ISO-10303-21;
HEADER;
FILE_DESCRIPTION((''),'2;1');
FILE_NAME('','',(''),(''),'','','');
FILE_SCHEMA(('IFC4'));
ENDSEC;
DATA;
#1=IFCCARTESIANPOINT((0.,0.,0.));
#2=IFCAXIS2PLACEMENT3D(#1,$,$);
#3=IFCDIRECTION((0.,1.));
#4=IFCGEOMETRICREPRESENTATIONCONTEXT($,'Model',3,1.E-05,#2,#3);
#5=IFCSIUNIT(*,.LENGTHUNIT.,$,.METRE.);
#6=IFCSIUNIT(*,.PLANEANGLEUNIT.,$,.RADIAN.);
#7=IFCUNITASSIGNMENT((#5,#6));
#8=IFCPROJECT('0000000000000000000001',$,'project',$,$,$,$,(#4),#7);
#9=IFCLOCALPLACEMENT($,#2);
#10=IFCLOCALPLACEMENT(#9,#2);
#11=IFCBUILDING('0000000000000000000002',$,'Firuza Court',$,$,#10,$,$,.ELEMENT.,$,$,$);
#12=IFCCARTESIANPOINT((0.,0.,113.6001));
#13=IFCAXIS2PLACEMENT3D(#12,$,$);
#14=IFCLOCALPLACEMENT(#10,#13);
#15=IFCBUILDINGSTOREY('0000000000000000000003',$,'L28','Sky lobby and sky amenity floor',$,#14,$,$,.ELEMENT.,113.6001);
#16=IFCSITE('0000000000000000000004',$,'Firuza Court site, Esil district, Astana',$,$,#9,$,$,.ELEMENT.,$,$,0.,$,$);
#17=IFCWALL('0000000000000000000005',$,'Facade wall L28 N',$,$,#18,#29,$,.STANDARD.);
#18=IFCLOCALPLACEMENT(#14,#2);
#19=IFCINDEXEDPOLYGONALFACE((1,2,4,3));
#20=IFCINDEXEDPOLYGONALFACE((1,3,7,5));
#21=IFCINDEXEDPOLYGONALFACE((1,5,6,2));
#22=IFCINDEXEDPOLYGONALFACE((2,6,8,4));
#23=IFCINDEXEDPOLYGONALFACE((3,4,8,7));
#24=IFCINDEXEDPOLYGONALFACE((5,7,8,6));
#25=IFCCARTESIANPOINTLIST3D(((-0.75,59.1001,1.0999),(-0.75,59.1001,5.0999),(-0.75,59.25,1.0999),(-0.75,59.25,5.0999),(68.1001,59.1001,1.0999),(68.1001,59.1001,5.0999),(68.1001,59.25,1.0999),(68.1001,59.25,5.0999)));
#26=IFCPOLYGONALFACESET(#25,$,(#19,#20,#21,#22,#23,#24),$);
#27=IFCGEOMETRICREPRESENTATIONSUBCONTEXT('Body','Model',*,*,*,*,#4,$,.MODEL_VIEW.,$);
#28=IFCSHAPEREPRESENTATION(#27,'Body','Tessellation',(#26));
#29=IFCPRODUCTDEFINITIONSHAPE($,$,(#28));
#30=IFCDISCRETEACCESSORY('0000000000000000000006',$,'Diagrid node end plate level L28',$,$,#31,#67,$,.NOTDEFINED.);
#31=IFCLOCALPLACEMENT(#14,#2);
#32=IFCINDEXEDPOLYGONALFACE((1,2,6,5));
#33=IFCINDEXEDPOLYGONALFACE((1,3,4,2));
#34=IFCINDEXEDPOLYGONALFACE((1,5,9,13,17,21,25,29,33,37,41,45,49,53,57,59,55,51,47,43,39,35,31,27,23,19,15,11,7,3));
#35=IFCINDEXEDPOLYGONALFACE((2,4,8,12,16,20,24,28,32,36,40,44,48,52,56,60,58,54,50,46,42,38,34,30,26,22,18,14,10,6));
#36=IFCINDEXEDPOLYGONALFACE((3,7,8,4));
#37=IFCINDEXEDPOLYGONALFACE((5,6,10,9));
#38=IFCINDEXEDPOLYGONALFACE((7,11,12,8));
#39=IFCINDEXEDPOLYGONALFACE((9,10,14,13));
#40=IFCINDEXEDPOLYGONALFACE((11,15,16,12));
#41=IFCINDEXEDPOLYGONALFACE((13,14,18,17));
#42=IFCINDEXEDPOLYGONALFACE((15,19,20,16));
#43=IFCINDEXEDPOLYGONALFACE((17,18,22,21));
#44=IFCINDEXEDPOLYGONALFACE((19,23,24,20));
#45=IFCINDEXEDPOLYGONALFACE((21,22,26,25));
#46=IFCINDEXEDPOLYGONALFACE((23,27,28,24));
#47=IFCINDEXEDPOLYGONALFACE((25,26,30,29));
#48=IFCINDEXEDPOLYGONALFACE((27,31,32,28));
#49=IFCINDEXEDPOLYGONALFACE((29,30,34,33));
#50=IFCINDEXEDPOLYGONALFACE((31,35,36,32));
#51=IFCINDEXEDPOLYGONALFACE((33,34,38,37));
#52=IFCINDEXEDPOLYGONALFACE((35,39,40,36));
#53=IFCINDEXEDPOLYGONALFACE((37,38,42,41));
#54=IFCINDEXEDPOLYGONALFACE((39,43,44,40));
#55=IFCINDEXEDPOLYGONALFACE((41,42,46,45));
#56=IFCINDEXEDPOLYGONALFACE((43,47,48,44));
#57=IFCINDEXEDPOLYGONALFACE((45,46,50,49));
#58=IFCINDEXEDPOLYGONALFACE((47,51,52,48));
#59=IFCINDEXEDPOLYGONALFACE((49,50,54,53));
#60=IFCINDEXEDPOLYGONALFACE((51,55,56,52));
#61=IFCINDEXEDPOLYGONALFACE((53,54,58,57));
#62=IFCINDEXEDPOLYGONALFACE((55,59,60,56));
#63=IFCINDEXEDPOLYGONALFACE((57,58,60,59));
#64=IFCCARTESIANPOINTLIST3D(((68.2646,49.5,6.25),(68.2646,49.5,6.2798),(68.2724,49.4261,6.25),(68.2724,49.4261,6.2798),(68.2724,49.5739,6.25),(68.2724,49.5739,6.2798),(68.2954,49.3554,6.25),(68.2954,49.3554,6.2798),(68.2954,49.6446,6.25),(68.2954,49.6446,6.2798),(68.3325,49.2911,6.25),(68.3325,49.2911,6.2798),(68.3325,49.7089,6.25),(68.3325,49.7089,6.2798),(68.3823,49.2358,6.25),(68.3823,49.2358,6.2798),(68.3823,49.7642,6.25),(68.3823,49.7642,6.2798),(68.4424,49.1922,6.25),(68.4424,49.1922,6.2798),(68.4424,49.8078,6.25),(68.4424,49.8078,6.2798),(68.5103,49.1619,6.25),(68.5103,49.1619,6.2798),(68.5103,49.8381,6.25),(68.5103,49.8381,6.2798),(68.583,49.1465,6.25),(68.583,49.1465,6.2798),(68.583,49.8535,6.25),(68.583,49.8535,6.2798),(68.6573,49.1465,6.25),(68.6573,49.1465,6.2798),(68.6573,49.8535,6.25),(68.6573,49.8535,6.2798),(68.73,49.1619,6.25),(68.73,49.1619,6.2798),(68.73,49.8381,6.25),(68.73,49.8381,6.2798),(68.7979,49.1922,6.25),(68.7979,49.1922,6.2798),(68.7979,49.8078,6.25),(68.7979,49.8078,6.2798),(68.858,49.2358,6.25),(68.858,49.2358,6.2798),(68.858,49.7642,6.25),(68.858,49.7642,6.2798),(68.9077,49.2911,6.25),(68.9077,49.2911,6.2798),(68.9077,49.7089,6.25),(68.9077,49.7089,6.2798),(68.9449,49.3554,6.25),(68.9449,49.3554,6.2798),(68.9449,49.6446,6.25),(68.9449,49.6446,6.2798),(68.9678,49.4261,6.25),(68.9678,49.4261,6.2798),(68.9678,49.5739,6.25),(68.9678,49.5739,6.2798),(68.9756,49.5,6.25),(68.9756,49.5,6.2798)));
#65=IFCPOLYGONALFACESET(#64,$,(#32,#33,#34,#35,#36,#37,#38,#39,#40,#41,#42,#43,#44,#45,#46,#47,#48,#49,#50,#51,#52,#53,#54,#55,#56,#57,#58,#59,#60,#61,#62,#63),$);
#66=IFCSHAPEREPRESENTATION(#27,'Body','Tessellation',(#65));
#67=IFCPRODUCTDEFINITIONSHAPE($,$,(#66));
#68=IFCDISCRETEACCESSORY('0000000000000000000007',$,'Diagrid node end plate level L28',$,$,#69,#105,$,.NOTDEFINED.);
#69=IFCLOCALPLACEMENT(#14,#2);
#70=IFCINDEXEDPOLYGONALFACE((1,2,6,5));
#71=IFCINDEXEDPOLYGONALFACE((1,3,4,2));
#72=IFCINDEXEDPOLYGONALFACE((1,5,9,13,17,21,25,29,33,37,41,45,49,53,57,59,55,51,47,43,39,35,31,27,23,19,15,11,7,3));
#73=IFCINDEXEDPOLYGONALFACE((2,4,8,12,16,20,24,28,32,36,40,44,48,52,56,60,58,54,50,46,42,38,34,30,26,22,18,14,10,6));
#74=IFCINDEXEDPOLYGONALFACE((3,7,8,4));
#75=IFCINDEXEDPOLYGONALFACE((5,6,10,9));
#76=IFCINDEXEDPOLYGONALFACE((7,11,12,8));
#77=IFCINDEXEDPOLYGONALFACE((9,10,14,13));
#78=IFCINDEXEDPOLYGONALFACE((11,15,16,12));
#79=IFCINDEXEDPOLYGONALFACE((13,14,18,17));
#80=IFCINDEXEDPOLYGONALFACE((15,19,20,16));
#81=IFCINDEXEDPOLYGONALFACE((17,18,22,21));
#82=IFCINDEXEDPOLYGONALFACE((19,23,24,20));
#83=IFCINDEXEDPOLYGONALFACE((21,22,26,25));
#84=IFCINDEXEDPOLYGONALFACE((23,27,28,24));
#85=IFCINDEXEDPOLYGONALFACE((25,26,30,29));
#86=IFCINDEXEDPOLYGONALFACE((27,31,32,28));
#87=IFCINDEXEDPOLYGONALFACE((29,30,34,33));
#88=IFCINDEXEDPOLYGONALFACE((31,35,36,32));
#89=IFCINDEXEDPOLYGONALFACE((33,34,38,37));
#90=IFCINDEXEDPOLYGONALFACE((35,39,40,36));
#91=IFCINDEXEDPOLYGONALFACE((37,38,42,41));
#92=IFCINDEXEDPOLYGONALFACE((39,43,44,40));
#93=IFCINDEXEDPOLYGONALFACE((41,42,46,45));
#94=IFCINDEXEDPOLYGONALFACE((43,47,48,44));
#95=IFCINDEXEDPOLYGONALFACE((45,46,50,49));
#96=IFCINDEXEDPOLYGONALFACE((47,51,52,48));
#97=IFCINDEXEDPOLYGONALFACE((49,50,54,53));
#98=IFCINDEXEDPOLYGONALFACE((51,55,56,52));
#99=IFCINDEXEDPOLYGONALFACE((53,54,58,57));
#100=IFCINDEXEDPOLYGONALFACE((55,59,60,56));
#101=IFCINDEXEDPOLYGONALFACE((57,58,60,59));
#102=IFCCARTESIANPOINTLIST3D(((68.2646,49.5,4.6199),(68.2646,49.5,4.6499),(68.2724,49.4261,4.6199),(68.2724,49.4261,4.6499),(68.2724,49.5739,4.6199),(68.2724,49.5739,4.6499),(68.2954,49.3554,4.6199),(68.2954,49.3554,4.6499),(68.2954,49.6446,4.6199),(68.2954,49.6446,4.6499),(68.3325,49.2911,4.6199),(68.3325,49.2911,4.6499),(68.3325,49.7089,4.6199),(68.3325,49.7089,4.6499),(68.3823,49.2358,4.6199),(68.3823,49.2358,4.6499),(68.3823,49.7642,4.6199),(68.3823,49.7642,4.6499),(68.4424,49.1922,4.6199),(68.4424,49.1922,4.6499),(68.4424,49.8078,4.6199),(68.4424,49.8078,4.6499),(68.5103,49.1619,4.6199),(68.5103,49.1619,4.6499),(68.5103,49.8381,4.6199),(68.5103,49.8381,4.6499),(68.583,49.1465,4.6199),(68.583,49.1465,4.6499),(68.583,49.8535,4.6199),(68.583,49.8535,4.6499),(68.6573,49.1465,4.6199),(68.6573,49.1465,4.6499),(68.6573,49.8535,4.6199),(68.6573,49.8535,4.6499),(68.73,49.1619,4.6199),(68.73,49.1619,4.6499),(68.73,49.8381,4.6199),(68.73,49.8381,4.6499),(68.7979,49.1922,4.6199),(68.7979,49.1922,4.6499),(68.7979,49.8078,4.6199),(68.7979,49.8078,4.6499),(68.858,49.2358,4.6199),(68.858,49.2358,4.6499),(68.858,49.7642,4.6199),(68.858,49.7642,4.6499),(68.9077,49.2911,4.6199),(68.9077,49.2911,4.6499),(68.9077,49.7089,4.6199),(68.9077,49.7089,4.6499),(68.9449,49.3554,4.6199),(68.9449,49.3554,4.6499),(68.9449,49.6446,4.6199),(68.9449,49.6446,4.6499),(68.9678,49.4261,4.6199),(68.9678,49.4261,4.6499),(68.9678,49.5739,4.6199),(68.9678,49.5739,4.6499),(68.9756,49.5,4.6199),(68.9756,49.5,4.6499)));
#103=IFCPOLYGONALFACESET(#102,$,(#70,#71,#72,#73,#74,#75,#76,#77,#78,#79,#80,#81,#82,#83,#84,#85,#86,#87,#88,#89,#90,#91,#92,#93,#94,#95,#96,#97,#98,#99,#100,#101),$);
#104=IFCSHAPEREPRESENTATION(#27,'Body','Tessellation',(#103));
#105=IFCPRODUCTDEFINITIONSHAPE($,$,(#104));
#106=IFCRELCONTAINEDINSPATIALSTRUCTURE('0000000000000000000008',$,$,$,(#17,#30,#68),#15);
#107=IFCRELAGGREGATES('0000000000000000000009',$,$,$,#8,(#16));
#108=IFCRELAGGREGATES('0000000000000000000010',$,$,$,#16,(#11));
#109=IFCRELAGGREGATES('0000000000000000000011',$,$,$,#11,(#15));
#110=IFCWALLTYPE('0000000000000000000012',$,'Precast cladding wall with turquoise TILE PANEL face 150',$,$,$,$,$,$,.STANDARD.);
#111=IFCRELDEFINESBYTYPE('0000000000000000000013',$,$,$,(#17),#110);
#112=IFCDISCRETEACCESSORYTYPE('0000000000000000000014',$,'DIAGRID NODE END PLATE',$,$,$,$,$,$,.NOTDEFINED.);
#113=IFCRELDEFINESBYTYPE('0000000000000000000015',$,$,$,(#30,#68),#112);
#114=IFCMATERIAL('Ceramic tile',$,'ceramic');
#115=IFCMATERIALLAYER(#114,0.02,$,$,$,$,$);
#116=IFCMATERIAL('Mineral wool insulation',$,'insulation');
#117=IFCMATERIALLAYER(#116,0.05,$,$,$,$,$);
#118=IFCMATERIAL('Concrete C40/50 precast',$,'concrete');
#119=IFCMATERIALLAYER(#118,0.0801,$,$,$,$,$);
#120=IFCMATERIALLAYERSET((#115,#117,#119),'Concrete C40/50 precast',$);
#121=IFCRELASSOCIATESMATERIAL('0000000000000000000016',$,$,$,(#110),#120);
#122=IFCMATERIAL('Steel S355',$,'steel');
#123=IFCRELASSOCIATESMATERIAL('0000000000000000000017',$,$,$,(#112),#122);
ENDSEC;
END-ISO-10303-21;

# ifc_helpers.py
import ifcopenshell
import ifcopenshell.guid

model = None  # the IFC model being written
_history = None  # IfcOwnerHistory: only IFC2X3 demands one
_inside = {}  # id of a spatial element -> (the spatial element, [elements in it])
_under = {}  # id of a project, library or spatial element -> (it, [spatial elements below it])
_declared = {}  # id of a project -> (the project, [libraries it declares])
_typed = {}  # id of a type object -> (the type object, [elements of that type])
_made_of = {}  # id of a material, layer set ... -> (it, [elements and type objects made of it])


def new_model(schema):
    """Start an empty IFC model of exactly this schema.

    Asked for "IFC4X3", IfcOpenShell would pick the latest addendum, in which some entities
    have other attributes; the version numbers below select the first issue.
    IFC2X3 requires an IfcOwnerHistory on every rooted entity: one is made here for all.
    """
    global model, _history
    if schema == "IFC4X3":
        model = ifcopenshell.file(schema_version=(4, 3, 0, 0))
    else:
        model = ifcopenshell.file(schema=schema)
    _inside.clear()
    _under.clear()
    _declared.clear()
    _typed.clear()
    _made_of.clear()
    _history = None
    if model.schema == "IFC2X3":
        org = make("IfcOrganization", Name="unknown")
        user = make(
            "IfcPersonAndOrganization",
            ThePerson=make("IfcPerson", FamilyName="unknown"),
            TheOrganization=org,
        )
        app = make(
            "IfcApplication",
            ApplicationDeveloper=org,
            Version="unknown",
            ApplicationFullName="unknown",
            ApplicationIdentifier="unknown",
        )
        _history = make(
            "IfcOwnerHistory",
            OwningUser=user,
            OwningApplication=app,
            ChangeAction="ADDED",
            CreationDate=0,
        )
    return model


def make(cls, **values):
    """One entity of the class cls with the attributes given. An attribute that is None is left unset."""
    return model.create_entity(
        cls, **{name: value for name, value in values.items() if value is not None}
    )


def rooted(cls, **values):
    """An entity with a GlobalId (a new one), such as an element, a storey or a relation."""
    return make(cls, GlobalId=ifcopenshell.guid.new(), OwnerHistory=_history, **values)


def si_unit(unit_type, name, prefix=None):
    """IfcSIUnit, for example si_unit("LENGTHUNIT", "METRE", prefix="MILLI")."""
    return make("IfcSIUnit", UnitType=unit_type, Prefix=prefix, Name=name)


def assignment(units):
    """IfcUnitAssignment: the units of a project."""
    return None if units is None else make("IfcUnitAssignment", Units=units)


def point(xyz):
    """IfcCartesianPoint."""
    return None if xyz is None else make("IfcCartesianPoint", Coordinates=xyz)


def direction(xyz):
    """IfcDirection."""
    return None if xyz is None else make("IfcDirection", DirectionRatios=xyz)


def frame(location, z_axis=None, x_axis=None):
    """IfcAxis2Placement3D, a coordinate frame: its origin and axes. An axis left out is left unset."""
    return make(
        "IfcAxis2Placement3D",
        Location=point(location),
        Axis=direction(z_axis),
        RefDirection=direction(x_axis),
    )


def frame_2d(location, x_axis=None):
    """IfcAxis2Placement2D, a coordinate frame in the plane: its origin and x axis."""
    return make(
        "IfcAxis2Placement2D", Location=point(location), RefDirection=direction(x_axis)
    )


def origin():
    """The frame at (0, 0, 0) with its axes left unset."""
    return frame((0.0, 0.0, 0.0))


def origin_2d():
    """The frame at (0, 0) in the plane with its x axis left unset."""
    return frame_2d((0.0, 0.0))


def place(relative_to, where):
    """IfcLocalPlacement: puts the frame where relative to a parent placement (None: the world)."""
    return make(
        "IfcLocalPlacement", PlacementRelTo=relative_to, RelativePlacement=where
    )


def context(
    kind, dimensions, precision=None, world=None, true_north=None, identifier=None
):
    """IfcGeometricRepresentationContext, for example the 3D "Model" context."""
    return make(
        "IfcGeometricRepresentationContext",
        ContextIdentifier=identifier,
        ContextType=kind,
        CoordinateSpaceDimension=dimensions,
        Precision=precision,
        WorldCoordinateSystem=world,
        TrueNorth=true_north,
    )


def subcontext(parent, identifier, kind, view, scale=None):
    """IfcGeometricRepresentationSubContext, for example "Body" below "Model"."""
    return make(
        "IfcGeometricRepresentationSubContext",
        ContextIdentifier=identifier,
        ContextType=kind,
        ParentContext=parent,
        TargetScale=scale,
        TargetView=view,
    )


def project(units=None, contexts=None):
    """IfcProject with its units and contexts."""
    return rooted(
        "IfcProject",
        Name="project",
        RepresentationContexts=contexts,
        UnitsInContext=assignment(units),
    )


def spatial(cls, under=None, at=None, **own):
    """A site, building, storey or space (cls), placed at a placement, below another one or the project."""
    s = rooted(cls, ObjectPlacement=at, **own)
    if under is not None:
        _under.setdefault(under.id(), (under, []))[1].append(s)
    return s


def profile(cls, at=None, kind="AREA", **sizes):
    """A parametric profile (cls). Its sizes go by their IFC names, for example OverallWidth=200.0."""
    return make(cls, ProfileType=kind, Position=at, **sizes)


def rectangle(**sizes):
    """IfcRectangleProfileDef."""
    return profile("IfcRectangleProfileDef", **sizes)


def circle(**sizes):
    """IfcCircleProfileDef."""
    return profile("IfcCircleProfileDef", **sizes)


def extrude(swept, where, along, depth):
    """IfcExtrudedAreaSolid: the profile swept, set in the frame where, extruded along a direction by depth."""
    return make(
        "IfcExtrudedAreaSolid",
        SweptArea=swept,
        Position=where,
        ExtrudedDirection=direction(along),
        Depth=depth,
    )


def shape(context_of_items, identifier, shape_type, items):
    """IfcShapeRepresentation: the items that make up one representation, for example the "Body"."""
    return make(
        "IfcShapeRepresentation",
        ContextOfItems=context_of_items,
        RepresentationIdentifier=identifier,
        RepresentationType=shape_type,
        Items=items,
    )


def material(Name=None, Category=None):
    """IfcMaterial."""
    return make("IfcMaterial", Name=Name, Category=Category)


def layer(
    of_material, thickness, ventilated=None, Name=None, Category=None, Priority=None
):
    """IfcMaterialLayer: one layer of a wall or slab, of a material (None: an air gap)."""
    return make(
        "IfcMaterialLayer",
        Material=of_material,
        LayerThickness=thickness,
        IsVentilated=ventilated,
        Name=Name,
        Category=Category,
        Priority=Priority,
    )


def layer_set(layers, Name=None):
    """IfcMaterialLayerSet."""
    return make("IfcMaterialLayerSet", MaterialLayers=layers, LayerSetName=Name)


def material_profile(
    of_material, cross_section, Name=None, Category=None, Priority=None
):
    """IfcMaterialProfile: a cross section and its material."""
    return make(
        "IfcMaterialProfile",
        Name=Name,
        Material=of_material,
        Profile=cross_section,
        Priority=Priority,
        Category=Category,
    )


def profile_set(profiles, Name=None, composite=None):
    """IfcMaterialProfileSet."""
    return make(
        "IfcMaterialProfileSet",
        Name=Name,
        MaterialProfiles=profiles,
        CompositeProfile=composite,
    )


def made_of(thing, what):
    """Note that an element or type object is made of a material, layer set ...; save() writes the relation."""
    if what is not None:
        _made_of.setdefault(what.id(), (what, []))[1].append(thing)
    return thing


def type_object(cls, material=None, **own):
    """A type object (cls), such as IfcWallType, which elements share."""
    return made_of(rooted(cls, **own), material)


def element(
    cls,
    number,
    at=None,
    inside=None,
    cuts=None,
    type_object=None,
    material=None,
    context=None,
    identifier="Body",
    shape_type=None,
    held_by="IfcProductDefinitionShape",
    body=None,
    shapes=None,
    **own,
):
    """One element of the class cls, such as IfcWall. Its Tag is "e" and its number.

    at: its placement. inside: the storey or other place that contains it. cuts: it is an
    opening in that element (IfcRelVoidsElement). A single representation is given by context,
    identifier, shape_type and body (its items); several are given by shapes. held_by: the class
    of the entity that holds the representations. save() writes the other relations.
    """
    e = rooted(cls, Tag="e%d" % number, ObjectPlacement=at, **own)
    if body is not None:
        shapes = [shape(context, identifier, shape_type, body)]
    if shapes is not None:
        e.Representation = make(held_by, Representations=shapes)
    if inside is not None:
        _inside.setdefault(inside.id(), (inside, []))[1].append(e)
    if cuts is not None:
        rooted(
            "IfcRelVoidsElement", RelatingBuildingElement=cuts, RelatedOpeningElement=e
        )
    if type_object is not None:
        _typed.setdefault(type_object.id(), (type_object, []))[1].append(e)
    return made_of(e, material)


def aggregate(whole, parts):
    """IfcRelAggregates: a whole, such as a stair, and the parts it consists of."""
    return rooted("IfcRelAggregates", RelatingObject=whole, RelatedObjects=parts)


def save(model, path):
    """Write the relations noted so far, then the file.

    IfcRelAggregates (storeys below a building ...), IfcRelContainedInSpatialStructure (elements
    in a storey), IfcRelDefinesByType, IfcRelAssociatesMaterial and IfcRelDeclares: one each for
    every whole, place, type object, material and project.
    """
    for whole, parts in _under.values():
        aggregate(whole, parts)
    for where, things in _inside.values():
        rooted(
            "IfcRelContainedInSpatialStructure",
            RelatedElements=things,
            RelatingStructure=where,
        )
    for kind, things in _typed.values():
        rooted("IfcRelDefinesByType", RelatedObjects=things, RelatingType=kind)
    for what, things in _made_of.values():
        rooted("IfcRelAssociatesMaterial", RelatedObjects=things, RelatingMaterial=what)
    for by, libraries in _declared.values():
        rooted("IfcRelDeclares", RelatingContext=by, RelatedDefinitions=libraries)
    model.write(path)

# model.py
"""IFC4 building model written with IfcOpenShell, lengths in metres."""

from ifc_helpers import new_model, si_unit, direction, frame, frame_2d, origin, origin_2d, place, context, subcontext, project, spatial, rectangle, circle, extrude, material, layer, layer_set, material_profile, profile_set, type_object, element, save


model = new_model("IFC4")

# Units and contexts
model_context = context("Model", 3, precision=1e-05, world=origin(), true_north=direction((0.0, 1.0)))
body_context = subcontext(model_context, "Body", "Model", "MODEL_VIEW")
ifc_project = project(units=[si_unit("LENGTHUNIT", "METRE"), si_unit("PLANEANGLEUNIT", "RADIAN")], contexts=[model_context])

# Site, building, storey
site_placement = place(None, origin())
site = spatial("IfcSite", under=ifc_project, at=site_placement, Name="Firuza Court site, Esil district, Astana", CompositionType="ELEMENT", RefElevation=0.0)
building_placement = place(site_placement, origin())
building = spatial("IfcBuilding", under=site, at=building_placement, Name="Firuza Court", CompositionType="ELEMENT")
storey_placement = place(building_placement, frame((0.0, 0.0, 113.6001)))
storey = spatial("IfcBuildingStorey", under=building, at=storey_placement, Name="L28", Description="Sky lobby and sky amenity floor", CompositionType="ELEMENT", Elevation=113.6001)

# Wall
ifc_material_1 = material(Name="Ceramic tile", Category="ceramic")
ifc_layer_1 = layer(ifc_material_1, 0.02)
ifc_material_2 = material(Name="Mineral wool insulation", Category="insulation")
ifc_layer_2 = layer(ifc_material_2, 0.05)
ifc_material_3 = material(Name="Concrete C40/50 precast", Category="concrete")
ifc_layer_3 = layer(ifc_material_3, 0.0801)
ifc_layer_set_1 = layer_set([ifc_layer_1, ifc_layer_2, ifc_layer_3], Name="Concrete C40/50 precast")
wall_type_1 = type_object("IfcWallType", Name="Precast cladding wall with turquoise TILE PANEL face 150", PredefinedType="STANDARD", material=ifc_layer_set_1)
wall_1_placement = place(storey_placement, frame((68.1001, 59.175, 1.0999), z_axis=(0.0, 0.0, 1.0), x_axis=(-1.0, 0.0, 0.0)))
element("IfcWall", 1, at=wall_1_placement, inside=storey, type_object=wall_type_1, Name="Facade wall L28 N", PredefinedType="STANDARD", context=body_context, shape_type="SweptSolid", body=[
    extrude(rectangle(XDim=68.8501, YDim=0.1499, at=frame_2d((34.425, 0.0))), origin(), (0.0, 0.0, 1.0), 4.0),
])

# Discrete accessories
ifc_material_4 = material(Name="Steel S355", Category="steel")
ifc_material_profile_1 = material_profile(ifc_material_4, circle(Radius=0.3555, at=origin_2d()), Name="PL D711")
ifc_profile_set_1 = profile_set([ifc_material_profile_1], Name="Steel S355")
discrete_accessory_type = type_object("IfcDiscreteAccessoryType", Name="DIAGRID NODE END PLATE", PredefinedType="NOTDEFINED", material=ifc_profile_set_1)
discrete_accessory_1_placement = place(storey_placement, frame((68.6201, 49.5, 6.25), z_axis=(0.0, 0.0, 1.0), x_axis=(1.0, 0.0, 0.0)))
element("IfcDiscreteAccessory", 2, at=discrete_accessory_1_placement, inside=storey, type_object=discrete_accessory_type, Name="Diagrid node end plate level L28", PredefinedType="NOTDEFINED", context=body_context, shape_type="SweptSolid", body=[
    extrude(circle(Radius=0.3555, at=origin_2d()), origin(), (0.0, 0.0, 1.0), 0.0298),
])
discrete_accessory_2_placement = place(storey_placement, frame((68.6201, 49.5, 4.6199), z_axis=(0.0, 0.0, 1.0), x_axis=(1.0, 0.0, 0.0)))
element("IfcDiscreteAccessory", 3, at=discrete_accessory_2_placement, inside=storey, type_object=discrete_accessory_type, Name="Diagrid node end plate level L28", PredefinedType="NOTDEFINED", context=body_context, shape_type="SweptSolid", body=[
    extrude(circle(Radius=0.3555, at=origin_2d()), origin(), (0.0, 0.0, 1.0), 0.03),
])

save(model, "model.ifc")
